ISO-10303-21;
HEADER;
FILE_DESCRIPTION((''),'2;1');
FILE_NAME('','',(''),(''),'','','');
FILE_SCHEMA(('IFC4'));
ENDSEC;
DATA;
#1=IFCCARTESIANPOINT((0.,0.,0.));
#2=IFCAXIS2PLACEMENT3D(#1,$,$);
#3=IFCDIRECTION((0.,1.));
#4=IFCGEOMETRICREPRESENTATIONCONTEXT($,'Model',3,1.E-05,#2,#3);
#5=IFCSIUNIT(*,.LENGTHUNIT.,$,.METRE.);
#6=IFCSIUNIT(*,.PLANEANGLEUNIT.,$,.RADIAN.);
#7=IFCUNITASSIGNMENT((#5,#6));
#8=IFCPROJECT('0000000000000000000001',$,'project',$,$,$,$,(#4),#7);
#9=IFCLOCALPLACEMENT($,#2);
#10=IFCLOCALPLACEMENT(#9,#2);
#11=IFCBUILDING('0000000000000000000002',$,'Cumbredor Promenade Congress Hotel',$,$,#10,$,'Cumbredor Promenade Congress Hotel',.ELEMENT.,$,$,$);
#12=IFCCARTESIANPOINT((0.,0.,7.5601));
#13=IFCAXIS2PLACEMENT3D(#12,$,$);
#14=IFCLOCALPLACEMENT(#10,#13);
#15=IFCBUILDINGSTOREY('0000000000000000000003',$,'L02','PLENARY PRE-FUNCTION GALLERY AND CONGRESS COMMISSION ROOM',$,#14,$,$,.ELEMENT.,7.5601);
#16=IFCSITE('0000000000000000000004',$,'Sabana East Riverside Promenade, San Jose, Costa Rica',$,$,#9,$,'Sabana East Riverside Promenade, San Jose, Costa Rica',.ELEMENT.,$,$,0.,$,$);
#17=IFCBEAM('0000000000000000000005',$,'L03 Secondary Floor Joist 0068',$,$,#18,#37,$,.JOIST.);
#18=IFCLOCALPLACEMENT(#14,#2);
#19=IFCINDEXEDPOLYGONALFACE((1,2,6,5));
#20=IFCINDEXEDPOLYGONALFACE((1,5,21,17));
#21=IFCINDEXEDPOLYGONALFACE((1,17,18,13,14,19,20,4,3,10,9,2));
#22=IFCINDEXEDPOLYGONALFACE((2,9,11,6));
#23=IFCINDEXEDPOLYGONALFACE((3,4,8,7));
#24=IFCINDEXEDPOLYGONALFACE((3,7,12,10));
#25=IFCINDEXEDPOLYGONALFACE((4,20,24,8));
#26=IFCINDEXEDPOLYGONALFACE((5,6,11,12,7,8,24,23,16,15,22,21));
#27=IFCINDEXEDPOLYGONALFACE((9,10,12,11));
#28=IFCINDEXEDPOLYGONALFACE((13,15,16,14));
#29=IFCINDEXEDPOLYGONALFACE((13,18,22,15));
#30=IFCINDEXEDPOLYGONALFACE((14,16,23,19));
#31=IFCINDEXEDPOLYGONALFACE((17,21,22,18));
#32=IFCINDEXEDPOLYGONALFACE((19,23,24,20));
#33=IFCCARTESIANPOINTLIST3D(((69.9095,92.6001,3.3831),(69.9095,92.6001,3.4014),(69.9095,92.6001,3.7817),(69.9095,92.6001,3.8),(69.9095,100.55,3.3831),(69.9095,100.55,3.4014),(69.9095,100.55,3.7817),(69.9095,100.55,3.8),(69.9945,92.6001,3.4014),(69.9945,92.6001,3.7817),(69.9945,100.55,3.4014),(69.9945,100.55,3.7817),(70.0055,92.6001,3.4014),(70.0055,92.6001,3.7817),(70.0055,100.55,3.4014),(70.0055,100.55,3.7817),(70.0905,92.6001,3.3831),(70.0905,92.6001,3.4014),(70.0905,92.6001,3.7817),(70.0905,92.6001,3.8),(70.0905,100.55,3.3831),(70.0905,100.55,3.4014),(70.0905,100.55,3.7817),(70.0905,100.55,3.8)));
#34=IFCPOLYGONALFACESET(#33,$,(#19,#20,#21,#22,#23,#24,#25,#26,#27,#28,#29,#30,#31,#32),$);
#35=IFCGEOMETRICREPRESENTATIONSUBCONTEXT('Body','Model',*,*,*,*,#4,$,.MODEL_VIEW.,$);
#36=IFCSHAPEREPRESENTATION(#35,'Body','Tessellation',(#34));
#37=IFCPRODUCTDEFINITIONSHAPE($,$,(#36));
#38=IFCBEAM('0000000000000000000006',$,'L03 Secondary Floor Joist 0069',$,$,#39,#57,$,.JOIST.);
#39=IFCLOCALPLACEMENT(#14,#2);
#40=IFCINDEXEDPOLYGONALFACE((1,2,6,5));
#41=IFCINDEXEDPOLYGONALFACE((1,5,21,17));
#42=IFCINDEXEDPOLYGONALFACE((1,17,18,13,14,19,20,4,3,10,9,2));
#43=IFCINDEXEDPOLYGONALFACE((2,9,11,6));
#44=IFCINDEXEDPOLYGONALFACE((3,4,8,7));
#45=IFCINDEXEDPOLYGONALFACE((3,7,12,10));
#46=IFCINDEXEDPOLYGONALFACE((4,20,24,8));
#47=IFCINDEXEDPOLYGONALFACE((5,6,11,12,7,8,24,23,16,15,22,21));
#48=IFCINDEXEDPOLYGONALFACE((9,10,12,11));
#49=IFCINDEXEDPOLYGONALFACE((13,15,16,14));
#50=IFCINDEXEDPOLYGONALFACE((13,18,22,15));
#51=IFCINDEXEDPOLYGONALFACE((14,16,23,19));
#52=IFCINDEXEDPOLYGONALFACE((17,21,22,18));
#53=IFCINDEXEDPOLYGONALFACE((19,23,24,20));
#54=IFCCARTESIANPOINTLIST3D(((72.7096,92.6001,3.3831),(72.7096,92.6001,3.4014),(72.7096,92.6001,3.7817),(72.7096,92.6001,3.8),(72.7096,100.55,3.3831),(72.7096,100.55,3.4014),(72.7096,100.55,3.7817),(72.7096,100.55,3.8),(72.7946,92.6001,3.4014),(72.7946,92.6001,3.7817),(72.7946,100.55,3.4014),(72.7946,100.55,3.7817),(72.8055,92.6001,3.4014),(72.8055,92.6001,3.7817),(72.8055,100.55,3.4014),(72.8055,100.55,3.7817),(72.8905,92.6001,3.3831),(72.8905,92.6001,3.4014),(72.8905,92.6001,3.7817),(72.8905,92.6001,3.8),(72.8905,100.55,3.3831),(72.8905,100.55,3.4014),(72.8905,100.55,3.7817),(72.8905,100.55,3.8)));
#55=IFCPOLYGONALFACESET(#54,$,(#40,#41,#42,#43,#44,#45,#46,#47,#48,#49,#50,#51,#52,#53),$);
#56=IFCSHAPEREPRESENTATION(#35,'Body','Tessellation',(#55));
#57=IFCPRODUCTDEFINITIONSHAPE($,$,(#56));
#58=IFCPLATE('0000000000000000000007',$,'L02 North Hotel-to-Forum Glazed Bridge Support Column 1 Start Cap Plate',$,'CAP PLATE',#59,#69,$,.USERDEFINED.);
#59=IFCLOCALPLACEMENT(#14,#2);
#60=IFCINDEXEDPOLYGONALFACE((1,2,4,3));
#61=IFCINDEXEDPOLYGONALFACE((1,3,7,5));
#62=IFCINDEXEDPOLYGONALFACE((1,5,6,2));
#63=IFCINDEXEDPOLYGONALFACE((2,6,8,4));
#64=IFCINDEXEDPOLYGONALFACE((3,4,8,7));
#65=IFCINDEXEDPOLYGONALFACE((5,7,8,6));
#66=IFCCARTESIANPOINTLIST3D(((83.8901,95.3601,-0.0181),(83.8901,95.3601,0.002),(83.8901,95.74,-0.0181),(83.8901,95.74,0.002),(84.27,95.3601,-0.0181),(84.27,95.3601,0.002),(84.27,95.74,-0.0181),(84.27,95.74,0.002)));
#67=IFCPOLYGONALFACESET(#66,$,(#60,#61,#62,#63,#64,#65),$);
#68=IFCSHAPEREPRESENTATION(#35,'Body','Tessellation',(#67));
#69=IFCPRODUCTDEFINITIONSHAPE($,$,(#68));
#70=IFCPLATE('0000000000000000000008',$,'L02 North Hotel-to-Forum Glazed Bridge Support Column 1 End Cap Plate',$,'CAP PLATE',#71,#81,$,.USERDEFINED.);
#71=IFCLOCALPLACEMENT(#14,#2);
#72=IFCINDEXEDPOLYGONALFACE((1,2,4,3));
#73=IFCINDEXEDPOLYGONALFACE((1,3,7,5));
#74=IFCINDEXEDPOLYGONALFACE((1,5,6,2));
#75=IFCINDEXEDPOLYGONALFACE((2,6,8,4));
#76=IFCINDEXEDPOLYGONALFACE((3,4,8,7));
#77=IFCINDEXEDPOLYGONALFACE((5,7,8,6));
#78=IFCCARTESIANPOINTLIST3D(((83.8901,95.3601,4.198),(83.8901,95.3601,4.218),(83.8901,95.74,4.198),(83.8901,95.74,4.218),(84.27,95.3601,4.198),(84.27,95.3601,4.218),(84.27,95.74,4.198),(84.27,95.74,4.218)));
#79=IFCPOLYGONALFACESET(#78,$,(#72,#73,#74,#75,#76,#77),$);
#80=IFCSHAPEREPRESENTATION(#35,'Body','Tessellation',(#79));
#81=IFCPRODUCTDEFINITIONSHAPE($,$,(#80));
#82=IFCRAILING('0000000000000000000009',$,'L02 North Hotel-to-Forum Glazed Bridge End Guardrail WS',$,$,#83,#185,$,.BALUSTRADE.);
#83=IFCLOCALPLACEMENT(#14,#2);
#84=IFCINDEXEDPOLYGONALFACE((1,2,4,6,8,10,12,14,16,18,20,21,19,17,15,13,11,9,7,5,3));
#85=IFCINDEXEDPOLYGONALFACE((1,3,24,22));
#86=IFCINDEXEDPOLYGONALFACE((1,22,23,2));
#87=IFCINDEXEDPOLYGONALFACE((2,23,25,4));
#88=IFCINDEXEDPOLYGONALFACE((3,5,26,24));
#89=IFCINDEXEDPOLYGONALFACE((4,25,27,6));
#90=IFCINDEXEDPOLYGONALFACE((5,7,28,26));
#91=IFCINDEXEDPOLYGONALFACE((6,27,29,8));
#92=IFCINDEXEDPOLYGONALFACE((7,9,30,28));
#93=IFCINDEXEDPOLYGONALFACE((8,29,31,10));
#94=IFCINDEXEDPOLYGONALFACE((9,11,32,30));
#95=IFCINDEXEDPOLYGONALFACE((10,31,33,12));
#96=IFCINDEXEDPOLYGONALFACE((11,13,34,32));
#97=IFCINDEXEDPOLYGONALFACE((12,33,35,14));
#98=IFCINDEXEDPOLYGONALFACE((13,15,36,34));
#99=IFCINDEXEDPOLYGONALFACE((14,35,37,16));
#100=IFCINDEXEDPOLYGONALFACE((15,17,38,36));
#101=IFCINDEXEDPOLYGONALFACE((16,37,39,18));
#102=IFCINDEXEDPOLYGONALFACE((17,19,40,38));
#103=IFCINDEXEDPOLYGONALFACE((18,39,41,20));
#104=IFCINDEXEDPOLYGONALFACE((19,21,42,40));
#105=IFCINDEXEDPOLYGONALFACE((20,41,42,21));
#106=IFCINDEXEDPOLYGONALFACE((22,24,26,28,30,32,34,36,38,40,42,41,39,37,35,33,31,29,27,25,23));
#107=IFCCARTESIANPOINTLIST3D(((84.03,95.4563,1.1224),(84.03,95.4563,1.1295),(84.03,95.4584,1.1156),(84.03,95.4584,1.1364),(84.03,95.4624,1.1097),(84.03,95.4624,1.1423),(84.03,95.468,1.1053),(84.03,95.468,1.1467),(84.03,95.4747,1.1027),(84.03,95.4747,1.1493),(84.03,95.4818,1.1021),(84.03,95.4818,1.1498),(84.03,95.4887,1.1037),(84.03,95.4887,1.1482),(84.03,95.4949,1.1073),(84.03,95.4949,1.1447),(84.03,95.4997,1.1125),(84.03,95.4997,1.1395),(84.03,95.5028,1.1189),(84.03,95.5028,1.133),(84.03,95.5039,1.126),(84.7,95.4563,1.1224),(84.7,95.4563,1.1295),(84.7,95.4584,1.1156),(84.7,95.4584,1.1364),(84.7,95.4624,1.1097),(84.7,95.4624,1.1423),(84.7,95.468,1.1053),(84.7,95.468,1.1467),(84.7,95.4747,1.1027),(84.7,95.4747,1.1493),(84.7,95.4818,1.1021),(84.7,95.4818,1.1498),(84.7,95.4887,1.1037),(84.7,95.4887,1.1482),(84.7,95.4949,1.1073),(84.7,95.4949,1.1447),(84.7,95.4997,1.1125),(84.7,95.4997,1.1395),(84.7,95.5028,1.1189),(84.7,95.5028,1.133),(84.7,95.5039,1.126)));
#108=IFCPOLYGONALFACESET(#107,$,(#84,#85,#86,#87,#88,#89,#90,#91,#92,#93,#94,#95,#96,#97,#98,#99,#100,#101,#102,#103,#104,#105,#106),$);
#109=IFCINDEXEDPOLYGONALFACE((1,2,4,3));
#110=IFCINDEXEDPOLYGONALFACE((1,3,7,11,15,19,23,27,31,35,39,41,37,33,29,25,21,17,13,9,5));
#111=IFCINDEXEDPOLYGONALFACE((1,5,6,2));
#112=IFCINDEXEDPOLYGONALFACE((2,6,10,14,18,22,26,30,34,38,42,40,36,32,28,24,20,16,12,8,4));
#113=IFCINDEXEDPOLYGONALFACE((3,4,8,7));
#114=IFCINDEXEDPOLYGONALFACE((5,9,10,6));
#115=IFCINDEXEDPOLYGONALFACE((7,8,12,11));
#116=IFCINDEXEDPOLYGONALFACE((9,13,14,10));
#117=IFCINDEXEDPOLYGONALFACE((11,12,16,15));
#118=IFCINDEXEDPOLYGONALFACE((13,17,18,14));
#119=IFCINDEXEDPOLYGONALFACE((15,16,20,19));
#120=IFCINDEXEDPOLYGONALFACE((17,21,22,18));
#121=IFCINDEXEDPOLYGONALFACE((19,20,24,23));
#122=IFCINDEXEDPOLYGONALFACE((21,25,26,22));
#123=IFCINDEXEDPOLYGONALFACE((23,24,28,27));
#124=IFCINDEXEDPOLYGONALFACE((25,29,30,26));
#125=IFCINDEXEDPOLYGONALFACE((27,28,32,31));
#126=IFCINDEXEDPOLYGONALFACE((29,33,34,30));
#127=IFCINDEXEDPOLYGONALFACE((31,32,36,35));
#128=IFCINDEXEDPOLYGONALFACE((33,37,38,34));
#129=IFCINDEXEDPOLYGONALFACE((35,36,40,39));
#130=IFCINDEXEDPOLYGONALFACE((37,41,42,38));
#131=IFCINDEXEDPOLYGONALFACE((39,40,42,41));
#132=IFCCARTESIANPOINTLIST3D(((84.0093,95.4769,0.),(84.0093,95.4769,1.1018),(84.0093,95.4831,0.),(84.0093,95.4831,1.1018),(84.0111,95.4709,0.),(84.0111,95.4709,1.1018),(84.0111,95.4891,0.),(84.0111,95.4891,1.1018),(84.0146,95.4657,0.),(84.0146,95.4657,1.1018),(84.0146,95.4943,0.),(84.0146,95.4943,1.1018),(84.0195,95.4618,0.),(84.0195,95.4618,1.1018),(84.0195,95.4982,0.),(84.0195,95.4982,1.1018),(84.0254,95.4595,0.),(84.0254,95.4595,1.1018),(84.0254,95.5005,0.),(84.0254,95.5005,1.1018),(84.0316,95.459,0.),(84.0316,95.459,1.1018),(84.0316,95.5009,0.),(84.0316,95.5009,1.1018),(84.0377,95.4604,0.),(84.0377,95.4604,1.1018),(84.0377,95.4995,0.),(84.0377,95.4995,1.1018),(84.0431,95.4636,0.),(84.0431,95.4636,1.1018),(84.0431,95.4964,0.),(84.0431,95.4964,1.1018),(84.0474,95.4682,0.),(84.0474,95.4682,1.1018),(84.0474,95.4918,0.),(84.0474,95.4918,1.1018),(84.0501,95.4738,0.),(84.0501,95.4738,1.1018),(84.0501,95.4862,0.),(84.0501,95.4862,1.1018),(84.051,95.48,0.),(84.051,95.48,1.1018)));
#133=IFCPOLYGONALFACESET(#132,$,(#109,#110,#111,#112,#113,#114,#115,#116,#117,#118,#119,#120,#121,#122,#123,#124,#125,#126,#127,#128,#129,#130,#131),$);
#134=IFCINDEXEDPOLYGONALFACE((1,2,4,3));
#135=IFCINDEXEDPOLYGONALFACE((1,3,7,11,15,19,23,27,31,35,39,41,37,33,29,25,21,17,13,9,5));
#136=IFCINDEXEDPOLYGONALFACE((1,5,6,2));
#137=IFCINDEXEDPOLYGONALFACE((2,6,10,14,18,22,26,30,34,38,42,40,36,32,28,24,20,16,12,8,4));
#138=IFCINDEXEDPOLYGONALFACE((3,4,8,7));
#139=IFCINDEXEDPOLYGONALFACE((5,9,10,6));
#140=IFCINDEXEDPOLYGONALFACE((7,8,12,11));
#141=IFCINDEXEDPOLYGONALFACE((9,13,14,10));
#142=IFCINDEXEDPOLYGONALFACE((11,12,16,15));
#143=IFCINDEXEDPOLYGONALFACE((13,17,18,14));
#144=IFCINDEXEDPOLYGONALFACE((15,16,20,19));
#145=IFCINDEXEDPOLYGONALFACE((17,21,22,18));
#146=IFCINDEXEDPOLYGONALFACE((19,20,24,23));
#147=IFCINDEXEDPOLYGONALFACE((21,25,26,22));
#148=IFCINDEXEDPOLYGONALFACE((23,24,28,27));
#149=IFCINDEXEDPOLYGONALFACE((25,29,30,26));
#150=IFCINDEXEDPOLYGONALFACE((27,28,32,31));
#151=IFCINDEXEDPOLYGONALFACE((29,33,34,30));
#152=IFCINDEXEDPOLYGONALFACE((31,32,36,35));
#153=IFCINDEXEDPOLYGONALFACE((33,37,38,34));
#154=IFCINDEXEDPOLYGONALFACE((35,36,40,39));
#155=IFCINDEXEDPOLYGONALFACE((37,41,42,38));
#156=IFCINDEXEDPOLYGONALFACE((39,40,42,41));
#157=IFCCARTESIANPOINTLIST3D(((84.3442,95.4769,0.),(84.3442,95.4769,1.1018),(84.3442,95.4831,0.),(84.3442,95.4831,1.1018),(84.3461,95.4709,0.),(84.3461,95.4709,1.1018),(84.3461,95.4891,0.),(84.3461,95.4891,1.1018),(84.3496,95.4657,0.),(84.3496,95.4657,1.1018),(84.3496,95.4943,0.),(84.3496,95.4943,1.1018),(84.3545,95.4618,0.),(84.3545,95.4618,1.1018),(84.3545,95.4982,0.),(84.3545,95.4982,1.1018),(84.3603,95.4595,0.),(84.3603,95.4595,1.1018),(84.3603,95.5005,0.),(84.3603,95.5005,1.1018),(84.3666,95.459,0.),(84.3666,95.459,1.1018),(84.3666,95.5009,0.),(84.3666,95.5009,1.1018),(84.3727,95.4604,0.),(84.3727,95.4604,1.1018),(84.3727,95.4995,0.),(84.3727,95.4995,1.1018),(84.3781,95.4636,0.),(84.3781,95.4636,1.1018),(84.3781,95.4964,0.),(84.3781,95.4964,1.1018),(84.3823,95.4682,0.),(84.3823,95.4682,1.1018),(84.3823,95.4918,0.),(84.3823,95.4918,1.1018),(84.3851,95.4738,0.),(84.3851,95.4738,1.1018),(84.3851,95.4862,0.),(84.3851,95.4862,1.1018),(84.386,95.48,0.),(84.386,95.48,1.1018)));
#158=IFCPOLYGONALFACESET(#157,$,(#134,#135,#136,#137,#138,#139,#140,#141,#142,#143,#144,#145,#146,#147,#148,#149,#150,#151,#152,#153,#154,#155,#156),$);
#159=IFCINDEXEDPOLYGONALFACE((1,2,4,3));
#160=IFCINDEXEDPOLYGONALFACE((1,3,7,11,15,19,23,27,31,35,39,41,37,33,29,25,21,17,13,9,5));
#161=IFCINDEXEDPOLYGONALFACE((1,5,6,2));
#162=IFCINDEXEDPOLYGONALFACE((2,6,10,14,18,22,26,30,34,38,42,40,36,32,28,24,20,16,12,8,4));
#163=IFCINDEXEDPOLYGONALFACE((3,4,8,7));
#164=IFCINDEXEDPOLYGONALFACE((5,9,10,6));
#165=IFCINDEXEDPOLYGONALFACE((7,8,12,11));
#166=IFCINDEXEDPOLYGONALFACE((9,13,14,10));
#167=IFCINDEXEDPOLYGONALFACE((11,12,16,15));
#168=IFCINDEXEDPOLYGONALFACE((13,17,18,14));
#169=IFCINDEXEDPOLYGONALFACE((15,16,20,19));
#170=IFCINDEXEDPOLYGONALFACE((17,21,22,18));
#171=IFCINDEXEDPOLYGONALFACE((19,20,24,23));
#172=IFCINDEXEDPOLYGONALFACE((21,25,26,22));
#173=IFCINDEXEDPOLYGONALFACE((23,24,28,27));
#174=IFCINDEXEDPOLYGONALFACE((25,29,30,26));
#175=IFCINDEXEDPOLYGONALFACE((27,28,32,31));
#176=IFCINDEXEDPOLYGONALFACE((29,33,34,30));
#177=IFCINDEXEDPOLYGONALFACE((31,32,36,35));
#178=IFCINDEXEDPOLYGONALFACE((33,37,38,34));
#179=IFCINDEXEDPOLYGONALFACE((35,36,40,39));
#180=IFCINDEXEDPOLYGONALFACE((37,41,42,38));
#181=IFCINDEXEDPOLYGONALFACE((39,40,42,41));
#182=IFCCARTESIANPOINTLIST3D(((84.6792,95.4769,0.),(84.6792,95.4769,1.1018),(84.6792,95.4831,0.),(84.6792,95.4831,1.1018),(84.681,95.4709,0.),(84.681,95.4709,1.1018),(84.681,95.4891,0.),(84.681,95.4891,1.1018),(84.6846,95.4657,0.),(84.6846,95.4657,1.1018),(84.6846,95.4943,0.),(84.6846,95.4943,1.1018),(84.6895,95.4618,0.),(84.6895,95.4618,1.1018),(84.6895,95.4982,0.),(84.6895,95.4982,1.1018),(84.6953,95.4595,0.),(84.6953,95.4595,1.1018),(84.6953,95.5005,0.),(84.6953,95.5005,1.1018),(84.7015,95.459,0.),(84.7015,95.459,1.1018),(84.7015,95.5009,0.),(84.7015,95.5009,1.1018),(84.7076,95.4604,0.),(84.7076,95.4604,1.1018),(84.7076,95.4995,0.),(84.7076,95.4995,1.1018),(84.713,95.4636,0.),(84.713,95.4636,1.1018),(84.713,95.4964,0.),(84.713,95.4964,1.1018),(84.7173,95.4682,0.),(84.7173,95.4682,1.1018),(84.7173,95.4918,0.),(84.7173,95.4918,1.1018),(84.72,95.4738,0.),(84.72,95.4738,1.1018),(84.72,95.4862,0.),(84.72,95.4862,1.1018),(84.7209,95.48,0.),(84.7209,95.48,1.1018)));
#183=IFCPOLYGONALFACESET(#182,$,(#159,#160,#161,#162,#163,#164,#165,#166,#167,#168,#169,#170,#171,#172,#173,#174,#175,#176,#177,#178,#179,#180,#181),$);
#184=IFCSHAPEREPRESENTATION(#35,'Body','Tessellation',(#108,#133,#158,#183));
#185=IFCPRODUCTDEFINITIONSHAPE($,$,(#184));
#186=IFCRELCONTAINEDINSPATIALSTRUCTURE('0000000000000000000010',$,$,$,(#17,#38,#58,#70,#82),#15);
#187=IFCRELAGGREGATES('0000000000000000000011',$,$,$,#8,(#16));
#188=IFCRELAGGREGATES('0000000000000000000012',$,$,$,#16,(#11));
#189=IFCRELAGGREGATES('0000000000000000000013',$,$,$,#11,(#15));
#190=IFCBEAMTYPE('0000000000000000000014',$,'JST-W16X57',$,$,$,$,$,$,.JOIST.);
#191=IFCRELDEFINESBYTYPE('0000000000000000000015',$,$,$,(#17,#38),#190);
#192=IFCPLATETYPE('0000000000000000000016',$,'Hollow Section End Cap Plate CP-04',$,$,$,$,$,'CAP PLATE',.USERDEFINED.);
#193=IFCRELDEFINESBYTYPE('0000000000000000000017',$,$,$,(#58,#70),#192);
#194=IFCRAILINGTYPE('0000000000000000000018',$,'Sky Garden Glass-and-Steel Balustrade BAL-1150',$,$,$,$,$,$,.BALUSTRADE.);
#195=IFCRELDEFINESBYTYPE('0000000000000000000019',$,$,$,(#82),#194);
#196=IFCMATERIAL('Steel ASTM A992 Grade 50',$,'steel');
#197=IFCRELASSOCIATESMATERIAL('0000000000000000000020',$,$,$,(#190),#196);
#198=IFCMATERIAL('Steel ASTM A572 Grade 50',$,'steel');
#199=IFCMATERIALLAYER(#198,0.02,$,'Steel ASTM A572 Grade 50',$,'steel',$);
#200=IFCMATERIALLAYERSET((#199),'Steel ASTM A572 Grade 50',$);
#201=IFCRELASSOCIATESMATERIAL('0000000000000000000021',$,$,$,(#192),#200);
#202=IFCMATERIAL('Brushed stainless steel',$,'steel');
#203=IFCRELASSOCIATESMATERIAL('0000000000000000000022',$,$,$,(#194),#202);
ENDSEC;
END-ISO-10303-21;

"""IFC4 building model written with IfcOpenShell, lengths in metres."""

from ifc_helpers import new_model, si_unit, direction, frame, origin, origin_2d, place, context, subcontext, project, spatial, rectangle, circle, i_section, extrude, material, layer, layer_set, material_profile, profile_set, type_object, element, save


model = new_model("IFC4")

# Units and contexts
model_context = context("Model", 3, precision=1e-05, world=origin(), true_north=direction((0.0, 1.0)))
body_context = subcontext(model_context, "Body", "Model", "MODEL_VIEW")
ifc_project = project(units=[si_unit("LENGTHUNIT", "METRE"), si_unit("PLANEANGLEUNIT", "RADIAN")], contexts=[model_context])

# Site, building, storey
site_placement = place(None, origin())
site = spatial("IfcSite", under=ifc_project, at=site_placement, Name="Sabana East Riverside Promenade, San Jose, Costa Rica", LongName="Sabana East Riverside Promenade, San Jose, Costa Rica", CompositionType="ELEMENT", RefElevation=0.0)
building_placement = place(site_placement, origin())
building = spatial("IfcBuilding", under=site, at=building_placement, Name="Cumbredor Promenade Congress Hotel", LongName="Cumbredor Promenade Congress Hotel", CompositionType="ELEMENT")
storey_placement = place(building_placement, frame((0.0, 0.0, 7.5601)))
storey = spatial("IfcBuildingStorey", under=building, at=storey_placement, Name="L02", Description="PLENARY PRE-FUNCTION GALLERY AND CONGRESS COMMISSION ROOM", CompositionType="ELEMENT", Elevation=7.5601)

# Beams
ifc_material_1 = material(Name="Steel ASTM A992 Grade 50", Category="steel")
ifc_material_profile_1 = material_profile(ifc_material_1, i_section(OverallWidth=0.1809, OverallDepth=0.417, WebThickness=0.011, FlangeThickness=0.0183, at=origin_2d()), Name="W16X57")
ifc_profile_set_1 = profile_set([ifc_material_profile_1], Name="Steel ASTM A992 Grade 50")
beam_type_1 = type_object("IfcBeamType", Name="JST-W16X57", PredefinedType="JOIST", material=ifc_profile_set_1)
for number, where, z_axis, x_axis, name in (
    (1, (70.0, 92.6001, 3.5916), (0.0, 1.0, 0.0), (-1.0, 0.0, 0.0), "L03 Secondary Floor Joist 0068"),
    (2, (72.8, 92.6001, 3.5916), (0.0, 1.0, 0.0), (-1.0, 0.0, 0.0), "L03 Secondary Floor Joist 0069"),
):
    element("IfcBeam", number, at=place(storey_placement, frame(where, z_axis=z_axis, x_axis=x_axis)), inside=storey, type_object=beam_type_1, Name=name, PredefinedType="JOIST", context=body_context, shape_type="SweptSolid", body=[
        extrude(i_section(OverallWidth=0.1809, OverallDepth=0.417, WebThickness=0.011, FlangeThickness=0.0183, at=origin_2d()), origin(), (0.0, 0.0, 1.0), 7.95),
    ])

# Plates
ifc_material_2 = material(Name="Steel ASTM A572 Grade 50", Category="steel")
ifc_layer = layer(ifc_material_2, 0.02, Name="Steel ASTM A572 Grade 50", Category="steel")
ifc_layer_set = layer_set([ifc_layer], Name="Steel ASTM A572 Grade 50")
plate_type = type_object("IfcPlateType", Name="Hollow Section End Cap Plate CP-04", ElementType="CAP PLATE", PredefinedType="USERDEFINED", material=ifc_layer_set)
for number, where, z_axis, x_axis, name in (
    (3, (84.0801, 95.55, -0.0181), (0.0, 0.0, 1.0), (1.0, 0.0, 0.0), "L02 North Hotel-to-Forum Glazed Bridge Support Column 1 Start Cap Plate"),
    (4, (84.0801, 95.55, 4.198), (0.0, 0.0, 1.0), (1.0, 0.0, 0.0), "L02 North Hotel-to-Forum Glazed Bridge Support Column 1 End Cap Plate"),
):
    element("IfcPlate", number, at=place(storey_placement, frame(where, z_axis=z_axis, x_axis=x_axis)), inside=storey, type_object=plate_type, Name=name, ObjectType="CAP PLATE", PredefinedType="USERDEFINED", context=body_context, shape_type="SweptSolid", body=[
        extrude(rectangle(XDim=0.3799, YDim=0.3799, at=origin_2d()), origin(), (0.0, 0.0, 1.0), 0.02),
    ])

# Railing
ifc_material_3 = material(Name="Brushed stainless steel", Category="steel")
railing_type = type_object("IfcRailingType", Name="Sky Garden Glass-and-Steel Balustrade BAL-1150", PredefinedType="BALUSTRADE", material=ifc_material_3)
for number, where, name in (
    (5, (84.03, 95.48, 0.0), "L02 North Hotel-to-Forum Glazed Bridge End Guardrail WS"),
):
    element("IfcRailing", number, at=place(storey_placement, frame(where)), inside=storey, type_object=railing_type, Name=name, PredefinedType="BALUSTRADE", context=body_context, shape_type="SweptSolid", body=[
        extrude(circle(Radius=0.0239, at=origin_2d()), frame((0.0, 0.0, 1.126), z_axis=(1.0, 0.0, 0.0), x_axis=(0.0, 1.0, 0.0)), (0.0, 0.0, 1.0), 0.6699),
        extrude(circle(Radius=0.021, at=origin_2d()), origin(), (0.0, 0.0, 1.0), 1.1018),
        extrude(circle(Radius=0.021, at=origin_2d()), frame((0.335, 0.0, 0.0)), (0.0, 0.0, 1.0), 1.1018),
        extrude(circle(Radius=0.021, at=origin_2d()), frame((0.6699, 0.0, 0.0)), (0.0, 0.0, 1.0), 1.1018),
    ])

save(model, "model.ifc")
